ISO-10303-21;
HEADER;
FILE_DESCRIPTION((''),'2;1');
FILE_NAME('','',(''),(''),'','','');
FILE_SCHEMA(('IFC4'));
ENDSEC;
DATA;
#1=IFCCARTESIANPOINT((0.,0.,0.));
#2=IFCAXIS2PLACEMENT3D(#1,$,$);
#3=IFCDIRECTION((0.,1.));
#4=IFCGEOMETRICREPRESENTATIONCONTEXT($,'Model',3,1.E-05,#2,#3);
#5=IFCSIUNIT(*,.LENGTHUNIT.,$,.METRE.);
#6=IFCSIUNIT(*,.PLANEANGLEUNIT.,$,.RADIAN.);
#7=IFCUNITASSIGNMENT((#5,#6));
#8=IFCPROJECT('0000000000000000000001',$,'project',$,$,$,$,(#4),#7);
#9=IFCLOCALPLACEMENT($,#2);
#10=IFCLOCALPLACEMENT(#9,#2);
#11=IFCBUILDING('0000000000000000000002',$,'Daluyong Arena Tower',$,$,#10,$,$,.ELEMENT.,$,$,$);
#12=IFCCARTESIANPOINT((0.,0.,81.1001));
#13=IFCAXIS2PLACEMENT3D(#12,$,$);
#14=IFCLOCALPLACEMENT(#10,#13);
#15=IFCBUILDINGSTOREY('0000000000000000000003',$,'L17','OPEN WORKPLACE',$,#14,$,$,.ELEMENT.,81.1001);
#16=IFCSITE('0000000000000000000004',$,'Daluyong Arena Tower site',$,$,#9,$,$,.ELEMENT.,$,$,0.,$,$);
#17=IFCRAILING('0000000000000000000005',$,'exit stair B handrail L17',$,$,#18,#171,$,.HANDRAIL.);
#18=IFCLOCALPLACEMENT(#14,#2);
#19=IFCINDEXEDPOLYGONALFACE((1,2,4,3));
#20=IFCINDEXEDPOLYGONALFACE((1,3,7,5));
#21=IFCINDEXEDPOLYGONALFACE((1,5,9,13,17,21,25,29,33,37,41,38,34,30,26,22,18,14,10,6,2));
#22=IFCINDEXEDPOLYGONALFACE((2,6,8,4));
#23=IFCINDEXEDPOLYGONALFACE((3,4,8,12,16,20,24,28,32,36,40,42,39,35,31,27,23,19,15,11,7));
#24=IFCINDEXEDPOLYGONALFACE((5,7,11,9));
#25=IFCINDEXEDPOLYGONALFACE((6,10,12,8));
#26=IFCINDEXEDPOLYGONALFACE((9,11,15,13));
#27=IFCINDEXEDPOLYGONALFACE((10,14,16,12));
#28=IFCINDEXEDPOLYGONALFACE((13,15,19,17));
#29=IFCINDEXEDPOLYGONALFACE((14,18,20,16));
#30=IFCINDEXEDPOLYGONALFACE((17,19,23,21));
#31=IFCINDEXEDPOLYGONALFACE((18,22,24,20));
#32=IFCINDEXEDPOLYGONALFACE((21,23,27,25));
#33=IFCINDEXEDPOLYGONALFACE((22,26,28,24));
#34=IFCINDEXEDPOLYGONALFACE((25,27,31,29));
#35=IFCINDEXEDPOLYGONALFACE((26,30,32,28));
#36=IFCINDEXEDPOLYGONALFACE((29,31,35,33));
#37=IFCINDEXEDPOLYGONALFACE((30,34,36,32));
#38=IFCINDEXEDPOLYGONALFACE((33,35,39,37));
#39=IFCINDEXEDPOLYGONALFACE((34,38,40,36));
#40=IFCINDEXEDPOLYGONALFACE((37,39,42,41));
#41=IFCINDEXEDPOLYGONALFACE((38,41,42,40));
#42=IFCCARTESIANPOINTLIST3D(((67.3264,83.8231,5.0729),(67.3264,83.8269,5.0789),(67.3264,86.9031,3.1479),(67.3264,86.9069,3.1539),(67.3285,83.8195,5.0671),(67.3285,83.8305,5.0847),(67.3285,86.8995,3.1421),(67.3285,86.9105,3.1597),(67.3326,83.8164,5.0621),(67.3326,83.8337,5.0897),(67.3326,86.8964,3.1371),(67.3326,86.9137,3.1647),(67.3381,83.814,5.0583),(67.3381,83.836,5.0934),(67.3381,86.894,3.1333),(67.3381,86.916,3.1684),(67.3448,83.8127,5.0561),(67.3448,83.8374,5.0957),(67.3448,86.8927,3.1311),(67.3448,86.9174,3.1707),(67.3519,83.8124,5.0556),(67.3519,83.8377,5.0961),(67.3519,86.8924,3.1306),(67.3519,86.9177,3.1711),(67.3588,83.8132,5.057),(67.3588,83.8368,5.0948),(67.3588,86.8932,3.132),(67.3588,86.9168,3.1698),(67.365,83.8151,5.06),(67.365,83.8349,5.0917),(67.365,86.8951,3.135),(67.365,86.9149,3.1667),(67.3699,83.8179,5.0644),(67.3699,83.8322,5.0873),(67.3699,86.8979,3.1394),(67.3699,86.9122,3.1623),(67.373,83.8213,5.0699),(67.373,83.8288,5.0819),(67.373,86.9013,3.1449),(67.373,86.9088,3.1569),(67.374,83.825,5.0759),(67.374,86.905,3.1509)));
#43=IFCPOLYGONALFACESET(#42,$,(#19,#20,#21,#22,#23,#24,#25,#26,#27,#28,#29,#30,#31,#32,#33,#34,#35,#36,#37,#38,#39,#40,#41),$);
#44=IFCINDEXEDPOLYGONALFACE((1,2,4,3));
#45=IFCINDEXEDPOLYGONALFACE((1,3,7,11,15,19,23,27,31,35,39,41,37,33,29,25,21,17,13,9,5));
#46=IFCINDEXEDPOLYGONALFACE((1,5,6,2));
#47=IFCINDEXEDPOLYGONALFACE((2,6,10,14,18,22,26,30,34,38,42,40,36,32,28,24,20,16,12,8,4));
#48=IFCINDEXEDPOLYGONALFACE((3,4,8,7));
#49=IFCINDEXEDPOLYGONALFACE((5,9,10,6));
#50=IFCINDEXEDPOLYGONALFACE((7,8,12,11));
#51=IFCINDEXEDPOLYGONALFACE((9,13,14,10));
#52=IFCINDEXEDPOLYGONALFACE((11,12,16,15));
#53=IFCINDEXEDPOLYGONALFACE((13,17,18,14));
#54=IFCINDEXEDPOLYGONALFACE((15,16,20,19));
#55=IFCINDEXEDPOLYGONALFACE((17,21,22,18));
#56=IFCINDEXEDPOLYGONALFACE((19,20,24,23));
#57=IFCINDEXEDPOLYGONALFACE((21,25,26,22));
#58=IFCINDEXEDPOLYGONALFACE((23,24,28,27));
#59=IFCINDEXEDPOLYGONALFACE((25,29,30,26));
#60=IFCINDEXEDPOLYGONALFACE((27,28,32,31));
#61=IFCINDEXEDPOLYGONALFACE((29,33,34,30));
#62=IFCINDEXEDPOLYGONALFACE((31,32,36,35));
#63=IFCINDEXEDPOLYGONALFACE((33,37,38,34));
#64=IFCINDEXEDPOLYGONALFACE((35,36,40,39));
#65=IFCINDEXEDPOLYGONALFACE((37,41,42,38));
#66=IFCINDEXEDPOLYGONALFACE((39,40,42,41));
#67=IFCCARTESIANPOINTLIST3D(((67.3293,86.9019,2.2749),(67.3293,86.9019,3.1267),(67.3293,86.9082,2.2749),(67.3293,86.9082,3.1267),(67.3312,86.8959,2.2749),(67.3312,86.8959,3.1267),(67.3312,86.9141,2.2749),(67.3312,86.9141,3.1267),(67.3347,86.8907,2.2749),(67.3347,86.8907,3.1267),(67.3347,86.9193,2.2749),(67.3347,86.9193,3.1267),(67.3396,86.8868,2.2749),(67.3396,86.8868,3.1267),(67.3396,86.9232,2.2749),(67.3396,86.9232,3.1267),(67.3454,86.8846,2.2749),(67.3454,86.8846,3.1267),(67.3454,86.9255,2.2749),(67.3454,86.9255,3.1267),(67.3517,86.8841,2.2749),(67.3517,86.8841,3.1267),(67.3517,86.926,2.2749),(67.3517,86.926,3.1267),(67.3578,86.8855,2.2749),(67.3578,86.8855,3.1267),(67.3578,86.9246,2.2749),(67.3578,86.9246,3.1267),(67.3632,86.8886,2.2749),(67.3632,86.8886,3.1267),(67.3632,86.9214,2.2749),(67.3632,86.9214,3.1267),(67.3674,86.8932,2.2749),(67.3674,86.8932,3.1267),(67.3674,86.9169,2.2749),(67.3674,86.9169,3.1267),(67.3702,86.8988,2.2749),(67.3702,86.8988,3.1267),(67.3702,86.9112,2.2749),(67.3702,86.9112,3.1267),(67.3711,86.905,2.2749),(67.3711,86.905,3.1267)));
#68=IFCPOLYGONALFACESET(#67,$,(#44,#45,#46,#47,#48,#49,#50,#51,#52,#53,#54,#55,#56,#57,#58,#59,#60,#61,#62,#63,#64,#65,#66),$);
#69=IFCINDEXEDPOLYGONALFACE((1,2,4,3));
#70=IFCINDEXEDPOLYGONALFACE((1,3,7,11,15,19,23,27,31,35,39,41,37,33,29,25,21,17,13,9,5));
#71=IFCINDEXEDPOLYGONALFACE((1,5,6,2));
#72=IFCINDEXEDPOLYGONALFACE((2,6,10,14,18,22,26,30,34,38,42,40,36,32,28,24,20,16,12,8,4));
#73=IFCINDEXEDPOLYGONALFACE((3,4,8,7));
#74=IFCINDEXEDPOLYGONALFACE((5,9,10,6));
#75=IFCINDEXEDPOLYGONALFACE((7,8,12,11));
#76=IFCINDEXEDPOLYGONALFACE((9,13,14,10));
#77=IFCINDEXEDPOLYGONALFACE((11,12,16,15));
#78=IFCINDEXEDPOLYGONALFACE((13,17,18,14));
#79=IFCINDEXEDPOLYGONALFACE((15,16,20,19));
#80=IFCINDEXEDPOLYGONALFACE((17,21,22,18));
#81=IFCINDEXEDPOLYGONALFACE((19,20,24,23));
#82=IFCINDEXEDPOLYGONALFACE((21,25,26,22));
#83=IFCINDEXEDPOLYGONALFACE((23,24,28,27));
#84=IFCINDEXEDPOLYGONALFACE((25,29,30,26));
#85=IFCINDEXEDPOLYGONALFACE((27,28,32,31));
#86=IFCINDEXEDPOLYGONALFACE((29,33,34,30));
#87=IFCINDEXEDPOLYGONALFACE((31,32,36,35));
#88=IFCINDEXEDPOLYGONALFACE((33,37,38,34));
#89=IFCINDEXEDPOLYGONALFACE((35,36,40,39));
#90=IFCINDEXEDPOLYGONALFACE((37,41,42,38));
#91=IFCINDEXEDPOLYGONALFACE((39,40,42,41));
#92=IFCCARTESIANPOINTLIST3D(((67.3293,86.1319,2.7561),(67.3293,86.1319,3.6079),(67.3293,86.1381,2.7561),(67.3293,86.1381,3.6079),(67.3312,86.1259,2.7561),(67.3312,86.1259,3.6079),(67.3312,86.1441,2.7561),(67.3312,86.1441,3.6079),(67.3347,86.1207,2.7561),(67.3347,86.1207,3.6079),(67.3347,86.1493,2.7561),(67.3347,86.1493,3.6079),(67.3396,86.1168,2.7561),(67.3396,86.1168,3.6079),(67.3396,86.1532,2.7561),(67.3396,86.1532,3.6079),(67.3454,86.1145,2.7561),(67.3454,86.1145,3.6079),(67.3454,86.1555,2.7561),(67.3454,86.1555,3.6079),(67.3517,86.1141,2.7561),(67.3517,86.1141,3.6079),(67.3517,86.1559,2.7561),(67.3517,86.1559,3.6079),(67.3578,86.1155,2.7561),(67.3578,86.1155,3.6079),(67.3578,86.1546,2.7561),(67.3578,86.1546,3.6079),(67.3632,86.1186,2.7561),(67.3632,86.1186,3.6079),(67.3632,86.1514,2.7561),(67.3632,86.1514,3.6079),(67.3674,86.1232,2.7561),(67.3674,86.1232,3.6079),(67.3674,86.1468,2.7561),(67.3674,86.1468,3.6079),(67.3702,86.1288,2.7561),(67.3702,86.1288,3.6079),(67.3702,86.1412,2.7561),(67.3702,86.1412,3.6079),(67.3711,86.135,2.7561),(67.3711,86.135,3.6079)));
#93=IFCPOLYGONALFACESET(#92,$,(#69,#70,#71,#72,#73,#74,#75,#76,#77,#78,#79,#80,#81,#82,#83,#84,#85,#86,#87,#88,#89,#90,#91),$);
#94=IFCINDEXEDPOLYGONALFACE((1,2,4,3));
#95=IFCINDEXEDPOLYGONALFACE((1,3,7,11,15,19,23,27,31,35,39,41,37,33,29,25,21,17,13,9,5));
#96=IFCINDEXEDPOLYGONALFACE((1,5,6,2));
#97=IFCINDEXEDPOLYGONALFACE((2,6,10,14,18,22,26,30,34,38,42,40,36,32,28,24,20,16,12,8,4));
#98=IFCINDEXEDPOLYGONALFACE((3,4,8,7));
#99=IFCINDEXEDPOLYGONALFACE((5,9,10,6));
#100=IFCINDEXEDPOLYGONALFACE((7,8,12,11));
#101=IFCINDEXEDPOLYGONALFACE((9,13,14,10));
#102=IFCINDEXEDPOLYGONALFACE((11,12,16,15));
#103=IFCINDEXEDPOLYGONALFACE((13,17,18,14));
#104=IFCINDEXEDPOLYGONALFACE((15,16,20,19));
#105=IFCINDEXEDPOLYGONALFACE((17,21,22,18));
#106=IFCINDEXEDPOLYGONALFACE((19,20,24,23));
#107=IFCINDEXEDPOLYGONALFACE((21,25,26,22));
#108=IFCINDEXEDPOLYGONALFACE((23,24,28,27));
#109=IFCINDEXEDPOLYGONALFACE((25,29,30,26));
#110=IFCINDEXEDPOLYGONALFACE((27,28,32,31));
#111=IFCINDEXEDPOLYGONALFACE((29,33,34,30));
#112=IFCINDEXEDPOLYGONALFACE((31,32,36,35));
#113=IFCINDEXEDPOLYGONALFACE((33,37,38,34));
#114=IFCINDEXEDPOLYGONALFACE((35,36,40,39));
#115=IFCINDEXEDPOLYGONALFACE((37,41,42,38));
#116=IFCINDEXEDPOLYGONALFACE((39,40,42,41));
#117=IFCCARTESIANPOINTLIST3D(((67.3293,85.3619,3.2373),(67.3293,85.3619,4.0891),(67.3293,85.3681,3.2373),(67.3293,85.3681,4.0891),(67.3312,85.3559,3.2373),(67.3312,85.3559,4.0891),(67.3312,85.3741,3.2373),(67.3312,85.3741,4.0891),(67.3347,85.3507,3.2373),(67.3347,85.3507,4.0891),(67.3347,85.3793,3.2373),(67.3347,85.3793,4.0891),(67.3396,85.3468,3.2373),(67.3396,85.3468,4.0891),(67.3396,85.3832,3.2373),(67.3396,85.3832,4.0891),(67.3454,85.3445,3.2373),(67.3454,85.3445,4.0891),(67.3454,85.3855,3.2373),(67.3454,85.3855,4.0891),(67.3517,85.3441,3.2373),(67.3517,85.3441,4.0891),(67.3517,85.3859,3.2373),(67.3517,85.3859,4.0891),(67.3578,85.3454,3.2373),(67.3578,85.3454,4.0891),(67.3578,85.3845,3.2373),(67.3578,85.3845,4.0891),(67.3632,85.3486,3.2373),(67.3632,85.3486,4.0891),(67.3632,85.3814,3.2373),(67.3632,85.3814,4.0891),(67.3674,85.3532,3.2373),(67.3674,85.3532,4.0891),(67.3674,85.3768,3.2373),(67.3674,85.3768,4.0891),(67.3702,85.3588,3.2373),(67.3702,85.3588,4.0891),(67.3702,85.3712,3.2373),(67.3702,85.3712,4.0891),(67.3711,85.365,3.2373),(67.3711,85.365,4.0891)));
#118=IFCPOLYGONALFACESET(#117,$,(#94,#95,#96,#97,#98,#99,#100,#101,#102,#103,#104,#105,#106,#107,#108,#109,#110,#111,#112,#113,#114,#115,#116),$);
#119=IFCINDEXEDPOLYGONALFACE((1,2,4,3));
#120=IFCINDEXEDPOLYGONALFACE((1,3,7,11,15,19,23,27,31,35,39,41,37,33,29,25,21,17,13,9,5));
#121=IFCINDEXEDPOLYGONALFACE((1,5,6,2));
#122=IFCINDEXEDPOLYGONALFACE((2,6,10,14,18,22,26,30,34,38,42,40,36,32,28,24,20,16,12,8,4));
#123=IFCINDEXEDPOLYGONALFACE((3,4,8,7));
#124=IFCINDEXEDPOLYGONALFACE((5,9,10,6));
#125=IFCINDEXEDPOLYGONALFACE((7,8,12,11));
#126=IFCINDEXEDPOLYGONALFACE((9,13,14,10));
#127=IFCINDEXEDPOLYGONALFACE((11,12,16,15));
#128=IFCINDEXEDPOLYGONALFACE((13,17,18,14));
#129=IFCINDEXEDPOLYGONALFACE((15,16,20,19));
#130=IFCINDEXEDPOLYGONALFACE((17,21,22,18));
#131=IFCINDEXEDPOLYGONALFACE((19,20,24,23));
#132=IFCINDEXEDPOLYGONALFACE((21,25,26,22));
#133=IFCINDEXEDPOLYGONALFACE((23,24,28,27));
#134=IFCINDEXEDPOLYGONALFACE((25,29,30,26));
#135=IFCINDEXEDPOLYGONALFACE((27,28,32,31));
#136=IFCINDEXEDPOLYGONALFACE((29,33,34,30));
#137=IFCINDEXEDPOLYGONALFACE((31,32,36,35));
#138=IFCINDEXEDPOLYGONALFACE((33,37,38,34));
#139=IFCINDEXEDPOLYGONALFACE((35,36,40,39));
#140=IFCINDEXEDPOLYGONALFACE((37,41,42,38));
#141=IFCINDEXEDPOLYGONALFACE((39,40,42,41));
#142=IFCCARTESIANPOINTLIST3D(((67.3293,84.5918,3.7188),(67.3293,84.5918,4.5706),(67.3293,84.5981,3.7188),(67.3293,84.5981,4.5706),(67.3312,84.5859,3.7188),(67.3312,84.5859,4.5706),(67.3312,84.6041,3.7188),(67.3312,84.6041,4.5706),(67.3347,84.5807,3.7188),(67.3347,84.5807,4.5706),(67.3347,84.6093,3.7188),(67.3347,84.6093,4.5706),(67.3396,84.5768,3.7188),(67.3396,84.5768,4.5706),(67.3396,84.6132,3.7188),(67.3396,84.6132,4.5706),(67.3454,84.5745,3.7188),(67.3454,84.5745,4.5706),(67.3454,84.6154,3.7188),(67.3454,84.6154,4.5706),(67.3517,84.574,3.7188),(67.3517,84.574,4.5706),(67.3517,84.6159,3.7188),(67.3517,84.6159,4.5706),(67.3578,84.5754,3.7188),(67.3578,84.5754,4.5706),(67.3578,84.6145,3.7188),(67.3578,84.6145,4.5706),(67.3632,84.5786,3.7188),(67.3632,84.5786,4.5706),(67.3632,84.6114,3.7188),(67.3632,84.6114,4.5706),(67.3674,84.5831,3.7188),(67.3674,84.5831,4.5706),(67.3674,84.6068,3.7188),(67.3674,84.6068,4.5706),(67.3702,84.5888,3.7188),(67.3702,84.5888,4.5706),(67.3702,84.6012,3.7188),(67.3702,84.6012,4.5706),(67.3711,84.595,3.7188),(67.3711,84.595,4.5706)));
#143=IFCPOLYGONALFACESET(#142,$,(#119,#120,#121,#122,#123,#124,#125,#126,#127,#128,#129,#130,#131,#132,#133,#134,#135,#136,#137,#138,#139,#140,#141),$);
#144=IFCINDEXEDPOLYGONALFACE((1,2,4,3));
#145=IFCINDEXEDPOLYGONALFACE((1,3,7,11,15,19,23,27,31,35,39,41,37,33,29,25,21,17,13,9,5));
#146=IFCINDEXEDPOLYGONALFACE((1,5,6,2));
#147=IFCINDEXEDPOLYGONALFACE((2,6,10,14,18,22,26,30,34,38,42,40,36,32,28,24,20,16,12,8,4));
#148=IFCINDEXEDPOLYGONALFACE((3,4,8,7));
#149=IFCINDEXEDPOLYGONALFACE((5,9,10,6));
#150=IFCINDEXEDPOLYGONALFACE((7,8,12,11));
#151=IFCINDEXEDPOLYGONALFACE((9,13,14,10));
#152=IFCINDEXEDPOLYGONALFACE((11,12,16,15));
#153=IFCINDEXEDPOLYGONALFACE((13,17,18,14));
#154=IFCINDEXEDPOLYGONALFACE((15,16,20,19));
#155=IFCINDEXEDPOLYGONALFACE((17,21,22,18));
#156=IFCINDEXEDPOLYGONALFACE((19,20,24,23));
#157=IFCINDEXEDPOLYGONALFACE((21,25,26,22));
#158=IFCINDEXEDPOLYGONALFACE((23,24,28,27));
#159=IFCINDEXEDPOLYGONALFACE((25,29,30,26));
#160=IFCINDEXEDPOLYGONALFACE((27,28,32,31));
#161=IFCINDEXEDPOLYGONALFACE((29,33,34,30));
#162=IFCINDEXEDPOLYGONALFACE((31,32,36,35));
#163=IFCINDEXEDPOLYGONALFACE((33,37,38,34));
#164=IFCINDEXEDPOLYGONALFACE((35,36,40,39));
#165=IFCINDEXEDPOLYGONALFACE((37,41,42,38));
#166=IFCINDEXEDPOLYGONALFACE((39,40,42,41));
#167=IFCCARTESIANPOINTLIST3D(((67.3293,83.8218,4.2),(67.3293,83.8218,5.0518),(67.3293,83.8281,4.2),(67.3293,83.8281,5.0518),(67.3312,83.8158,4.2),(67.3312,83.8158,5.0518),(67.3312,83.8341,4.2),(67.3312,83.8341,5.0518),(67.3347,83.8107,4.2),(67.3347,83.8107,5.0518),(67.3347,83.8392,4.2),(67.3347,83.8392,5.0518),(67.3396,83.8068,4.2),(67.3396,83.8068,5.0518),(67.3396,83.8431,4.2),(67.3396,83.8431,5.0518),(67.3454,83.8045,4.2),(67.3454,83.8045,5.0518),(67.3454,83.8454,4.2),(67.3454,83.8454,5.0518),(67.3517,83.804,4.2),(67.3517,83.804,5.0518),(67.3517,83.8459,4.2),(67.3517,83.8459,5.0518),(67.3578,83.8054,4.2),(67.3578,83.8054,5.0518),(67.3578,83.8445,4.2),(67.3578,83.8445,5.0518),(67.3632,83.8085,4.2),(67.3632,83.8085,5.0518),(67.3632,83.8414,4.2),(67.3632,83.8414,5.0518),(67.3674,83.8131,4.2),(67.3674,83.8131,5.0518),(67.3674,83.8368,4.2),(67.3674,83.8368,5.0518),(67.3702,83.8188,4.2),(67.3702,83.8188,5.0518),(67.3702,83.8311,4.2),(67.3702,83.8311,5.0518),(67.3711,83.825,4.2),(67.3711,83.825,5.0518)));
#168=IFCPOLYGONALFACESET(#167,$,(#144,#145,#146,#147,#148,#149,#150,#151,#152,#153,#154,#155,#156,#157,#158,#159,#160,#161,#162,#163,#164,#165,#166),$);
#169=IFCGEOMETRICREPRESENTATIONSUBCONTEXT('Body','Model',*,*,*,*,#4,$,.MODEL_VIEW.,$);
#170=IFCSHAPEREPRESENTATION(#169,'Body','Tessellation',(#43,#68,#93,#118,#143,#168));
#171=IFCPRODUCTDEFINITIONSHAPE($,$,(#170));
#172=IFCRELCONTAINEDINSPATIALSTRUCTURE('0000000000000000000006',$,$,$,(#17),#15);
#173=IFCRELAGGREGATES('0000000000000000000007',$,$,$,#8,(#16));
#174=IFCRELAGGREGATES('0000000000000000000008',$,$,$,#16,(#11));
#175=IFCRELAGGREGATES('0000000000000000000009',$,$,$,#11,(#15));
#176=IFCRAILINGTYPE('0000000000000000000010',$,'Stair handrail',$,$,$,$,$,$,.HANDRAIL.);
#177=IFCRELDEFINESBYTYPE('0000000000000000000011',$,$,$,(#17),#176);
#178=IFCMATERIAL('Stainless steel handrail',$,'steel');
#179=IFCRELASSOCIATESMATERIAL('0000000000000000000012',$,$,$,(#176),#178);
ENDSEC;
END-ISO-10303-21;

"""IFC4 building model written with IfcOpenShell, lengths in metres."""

from ifc_helpers import new_model, si_unit, direction, frame, origin, origin_2d, place, context, subcontext, project, spatial, circle, extrude, material, type_object, element, save


model = new_model("IFC4")

# Units and contexts
model_context = context("Model", 3, precision=1e-05, world=origin(), true_north=direction((0.0, 1.0)))
body_context = subcontext(model_context, "Body", "Model", "MODEL_VIEW")
ifc_project = project(units=[si_unit("LENGTHUNIT", "METRE"), si_unit("PLANEANGLEUNIT", "RADIAN")], contexts=[model_context])

# Site, building, storey
site_placement = place(None, origin())
site = spatial("IfcSite", under=ifc_project, at=site_placement, Name="Daluyong Arena Tower site", CompositionType="ELEMENT", RefElevation=0.0)
building_placement = place(site_placement, origin())
building = spatial("IfcBuilding", under=site, at=building_placement, Name="Daluyong Arena Tower", CompositionType="ELEMENT")
storey_placement = place(building_placement, frame((0.0, 0.0, 81.1001)))
storey = spatial("IfcBuildingStorey", under=building, at=storey_placement, Name="L17", Description="OPEN WORKPLACE", CompositionType="ELEMENT", Elevation=81.1001)

# Railing
ifc_material_1 = material(Name="Stainless steel handrail", Category="steel")
railing_type_1 = type_object("IfcRailingType", Name="Stair handrail", PredefinedType="HANDRAIL", material=ifc_material_1)
railing_1_placement = place(storey_placement, frame((67.3501, 86.905, 2.2749)))
element("IfcRailing", 1, at=railing_1_placement, inside=storey, type_object=railing_type_1, Name="exit stair B handrail L17", PredefinedType="HANDRAIL", context=body_context, shape_type="SweptSolid", body=[
    extrude(circle(Radius=0.0239, at=origin_2d()), frame((0.0, 0.0, 0.876), z_axis=(0.0, -0.847998, 0.529999), x_axis=(1.0, 0.0, 0.0)), (0.0, 0.0, 1.0), 3.6321),
    extrude(circle(Radius=0.021, at=origin_2d()), origin(), (0.0, 0.0, 1.0), 0.8518),
    extrude(circle(Radius=0.021, at=origin_2d()), frame((0.0, -0.77, 0.4812)), (0.0, 0.0, 1.0), 0.8518),
    extrude(circle(Radius=0.021, at=origin_2d()), frame((0.0, -1.54, 0.9624)), (0.0, 0.0, 1.0), 0.8518),
    extrude(circle(Radius=0.021, at=origin_2d()), frame((0.0, -2.3101, 1.4438)), (0.0, 0.0, 1.0), 0.8518),
    extrude(circle(Radius=0.021, at=origin_2d()), frame((0.0, -3.0801, 1.925)), (0.0, 0.0, 1.0), 0.8518),
])

save(model, "model.ifc")
